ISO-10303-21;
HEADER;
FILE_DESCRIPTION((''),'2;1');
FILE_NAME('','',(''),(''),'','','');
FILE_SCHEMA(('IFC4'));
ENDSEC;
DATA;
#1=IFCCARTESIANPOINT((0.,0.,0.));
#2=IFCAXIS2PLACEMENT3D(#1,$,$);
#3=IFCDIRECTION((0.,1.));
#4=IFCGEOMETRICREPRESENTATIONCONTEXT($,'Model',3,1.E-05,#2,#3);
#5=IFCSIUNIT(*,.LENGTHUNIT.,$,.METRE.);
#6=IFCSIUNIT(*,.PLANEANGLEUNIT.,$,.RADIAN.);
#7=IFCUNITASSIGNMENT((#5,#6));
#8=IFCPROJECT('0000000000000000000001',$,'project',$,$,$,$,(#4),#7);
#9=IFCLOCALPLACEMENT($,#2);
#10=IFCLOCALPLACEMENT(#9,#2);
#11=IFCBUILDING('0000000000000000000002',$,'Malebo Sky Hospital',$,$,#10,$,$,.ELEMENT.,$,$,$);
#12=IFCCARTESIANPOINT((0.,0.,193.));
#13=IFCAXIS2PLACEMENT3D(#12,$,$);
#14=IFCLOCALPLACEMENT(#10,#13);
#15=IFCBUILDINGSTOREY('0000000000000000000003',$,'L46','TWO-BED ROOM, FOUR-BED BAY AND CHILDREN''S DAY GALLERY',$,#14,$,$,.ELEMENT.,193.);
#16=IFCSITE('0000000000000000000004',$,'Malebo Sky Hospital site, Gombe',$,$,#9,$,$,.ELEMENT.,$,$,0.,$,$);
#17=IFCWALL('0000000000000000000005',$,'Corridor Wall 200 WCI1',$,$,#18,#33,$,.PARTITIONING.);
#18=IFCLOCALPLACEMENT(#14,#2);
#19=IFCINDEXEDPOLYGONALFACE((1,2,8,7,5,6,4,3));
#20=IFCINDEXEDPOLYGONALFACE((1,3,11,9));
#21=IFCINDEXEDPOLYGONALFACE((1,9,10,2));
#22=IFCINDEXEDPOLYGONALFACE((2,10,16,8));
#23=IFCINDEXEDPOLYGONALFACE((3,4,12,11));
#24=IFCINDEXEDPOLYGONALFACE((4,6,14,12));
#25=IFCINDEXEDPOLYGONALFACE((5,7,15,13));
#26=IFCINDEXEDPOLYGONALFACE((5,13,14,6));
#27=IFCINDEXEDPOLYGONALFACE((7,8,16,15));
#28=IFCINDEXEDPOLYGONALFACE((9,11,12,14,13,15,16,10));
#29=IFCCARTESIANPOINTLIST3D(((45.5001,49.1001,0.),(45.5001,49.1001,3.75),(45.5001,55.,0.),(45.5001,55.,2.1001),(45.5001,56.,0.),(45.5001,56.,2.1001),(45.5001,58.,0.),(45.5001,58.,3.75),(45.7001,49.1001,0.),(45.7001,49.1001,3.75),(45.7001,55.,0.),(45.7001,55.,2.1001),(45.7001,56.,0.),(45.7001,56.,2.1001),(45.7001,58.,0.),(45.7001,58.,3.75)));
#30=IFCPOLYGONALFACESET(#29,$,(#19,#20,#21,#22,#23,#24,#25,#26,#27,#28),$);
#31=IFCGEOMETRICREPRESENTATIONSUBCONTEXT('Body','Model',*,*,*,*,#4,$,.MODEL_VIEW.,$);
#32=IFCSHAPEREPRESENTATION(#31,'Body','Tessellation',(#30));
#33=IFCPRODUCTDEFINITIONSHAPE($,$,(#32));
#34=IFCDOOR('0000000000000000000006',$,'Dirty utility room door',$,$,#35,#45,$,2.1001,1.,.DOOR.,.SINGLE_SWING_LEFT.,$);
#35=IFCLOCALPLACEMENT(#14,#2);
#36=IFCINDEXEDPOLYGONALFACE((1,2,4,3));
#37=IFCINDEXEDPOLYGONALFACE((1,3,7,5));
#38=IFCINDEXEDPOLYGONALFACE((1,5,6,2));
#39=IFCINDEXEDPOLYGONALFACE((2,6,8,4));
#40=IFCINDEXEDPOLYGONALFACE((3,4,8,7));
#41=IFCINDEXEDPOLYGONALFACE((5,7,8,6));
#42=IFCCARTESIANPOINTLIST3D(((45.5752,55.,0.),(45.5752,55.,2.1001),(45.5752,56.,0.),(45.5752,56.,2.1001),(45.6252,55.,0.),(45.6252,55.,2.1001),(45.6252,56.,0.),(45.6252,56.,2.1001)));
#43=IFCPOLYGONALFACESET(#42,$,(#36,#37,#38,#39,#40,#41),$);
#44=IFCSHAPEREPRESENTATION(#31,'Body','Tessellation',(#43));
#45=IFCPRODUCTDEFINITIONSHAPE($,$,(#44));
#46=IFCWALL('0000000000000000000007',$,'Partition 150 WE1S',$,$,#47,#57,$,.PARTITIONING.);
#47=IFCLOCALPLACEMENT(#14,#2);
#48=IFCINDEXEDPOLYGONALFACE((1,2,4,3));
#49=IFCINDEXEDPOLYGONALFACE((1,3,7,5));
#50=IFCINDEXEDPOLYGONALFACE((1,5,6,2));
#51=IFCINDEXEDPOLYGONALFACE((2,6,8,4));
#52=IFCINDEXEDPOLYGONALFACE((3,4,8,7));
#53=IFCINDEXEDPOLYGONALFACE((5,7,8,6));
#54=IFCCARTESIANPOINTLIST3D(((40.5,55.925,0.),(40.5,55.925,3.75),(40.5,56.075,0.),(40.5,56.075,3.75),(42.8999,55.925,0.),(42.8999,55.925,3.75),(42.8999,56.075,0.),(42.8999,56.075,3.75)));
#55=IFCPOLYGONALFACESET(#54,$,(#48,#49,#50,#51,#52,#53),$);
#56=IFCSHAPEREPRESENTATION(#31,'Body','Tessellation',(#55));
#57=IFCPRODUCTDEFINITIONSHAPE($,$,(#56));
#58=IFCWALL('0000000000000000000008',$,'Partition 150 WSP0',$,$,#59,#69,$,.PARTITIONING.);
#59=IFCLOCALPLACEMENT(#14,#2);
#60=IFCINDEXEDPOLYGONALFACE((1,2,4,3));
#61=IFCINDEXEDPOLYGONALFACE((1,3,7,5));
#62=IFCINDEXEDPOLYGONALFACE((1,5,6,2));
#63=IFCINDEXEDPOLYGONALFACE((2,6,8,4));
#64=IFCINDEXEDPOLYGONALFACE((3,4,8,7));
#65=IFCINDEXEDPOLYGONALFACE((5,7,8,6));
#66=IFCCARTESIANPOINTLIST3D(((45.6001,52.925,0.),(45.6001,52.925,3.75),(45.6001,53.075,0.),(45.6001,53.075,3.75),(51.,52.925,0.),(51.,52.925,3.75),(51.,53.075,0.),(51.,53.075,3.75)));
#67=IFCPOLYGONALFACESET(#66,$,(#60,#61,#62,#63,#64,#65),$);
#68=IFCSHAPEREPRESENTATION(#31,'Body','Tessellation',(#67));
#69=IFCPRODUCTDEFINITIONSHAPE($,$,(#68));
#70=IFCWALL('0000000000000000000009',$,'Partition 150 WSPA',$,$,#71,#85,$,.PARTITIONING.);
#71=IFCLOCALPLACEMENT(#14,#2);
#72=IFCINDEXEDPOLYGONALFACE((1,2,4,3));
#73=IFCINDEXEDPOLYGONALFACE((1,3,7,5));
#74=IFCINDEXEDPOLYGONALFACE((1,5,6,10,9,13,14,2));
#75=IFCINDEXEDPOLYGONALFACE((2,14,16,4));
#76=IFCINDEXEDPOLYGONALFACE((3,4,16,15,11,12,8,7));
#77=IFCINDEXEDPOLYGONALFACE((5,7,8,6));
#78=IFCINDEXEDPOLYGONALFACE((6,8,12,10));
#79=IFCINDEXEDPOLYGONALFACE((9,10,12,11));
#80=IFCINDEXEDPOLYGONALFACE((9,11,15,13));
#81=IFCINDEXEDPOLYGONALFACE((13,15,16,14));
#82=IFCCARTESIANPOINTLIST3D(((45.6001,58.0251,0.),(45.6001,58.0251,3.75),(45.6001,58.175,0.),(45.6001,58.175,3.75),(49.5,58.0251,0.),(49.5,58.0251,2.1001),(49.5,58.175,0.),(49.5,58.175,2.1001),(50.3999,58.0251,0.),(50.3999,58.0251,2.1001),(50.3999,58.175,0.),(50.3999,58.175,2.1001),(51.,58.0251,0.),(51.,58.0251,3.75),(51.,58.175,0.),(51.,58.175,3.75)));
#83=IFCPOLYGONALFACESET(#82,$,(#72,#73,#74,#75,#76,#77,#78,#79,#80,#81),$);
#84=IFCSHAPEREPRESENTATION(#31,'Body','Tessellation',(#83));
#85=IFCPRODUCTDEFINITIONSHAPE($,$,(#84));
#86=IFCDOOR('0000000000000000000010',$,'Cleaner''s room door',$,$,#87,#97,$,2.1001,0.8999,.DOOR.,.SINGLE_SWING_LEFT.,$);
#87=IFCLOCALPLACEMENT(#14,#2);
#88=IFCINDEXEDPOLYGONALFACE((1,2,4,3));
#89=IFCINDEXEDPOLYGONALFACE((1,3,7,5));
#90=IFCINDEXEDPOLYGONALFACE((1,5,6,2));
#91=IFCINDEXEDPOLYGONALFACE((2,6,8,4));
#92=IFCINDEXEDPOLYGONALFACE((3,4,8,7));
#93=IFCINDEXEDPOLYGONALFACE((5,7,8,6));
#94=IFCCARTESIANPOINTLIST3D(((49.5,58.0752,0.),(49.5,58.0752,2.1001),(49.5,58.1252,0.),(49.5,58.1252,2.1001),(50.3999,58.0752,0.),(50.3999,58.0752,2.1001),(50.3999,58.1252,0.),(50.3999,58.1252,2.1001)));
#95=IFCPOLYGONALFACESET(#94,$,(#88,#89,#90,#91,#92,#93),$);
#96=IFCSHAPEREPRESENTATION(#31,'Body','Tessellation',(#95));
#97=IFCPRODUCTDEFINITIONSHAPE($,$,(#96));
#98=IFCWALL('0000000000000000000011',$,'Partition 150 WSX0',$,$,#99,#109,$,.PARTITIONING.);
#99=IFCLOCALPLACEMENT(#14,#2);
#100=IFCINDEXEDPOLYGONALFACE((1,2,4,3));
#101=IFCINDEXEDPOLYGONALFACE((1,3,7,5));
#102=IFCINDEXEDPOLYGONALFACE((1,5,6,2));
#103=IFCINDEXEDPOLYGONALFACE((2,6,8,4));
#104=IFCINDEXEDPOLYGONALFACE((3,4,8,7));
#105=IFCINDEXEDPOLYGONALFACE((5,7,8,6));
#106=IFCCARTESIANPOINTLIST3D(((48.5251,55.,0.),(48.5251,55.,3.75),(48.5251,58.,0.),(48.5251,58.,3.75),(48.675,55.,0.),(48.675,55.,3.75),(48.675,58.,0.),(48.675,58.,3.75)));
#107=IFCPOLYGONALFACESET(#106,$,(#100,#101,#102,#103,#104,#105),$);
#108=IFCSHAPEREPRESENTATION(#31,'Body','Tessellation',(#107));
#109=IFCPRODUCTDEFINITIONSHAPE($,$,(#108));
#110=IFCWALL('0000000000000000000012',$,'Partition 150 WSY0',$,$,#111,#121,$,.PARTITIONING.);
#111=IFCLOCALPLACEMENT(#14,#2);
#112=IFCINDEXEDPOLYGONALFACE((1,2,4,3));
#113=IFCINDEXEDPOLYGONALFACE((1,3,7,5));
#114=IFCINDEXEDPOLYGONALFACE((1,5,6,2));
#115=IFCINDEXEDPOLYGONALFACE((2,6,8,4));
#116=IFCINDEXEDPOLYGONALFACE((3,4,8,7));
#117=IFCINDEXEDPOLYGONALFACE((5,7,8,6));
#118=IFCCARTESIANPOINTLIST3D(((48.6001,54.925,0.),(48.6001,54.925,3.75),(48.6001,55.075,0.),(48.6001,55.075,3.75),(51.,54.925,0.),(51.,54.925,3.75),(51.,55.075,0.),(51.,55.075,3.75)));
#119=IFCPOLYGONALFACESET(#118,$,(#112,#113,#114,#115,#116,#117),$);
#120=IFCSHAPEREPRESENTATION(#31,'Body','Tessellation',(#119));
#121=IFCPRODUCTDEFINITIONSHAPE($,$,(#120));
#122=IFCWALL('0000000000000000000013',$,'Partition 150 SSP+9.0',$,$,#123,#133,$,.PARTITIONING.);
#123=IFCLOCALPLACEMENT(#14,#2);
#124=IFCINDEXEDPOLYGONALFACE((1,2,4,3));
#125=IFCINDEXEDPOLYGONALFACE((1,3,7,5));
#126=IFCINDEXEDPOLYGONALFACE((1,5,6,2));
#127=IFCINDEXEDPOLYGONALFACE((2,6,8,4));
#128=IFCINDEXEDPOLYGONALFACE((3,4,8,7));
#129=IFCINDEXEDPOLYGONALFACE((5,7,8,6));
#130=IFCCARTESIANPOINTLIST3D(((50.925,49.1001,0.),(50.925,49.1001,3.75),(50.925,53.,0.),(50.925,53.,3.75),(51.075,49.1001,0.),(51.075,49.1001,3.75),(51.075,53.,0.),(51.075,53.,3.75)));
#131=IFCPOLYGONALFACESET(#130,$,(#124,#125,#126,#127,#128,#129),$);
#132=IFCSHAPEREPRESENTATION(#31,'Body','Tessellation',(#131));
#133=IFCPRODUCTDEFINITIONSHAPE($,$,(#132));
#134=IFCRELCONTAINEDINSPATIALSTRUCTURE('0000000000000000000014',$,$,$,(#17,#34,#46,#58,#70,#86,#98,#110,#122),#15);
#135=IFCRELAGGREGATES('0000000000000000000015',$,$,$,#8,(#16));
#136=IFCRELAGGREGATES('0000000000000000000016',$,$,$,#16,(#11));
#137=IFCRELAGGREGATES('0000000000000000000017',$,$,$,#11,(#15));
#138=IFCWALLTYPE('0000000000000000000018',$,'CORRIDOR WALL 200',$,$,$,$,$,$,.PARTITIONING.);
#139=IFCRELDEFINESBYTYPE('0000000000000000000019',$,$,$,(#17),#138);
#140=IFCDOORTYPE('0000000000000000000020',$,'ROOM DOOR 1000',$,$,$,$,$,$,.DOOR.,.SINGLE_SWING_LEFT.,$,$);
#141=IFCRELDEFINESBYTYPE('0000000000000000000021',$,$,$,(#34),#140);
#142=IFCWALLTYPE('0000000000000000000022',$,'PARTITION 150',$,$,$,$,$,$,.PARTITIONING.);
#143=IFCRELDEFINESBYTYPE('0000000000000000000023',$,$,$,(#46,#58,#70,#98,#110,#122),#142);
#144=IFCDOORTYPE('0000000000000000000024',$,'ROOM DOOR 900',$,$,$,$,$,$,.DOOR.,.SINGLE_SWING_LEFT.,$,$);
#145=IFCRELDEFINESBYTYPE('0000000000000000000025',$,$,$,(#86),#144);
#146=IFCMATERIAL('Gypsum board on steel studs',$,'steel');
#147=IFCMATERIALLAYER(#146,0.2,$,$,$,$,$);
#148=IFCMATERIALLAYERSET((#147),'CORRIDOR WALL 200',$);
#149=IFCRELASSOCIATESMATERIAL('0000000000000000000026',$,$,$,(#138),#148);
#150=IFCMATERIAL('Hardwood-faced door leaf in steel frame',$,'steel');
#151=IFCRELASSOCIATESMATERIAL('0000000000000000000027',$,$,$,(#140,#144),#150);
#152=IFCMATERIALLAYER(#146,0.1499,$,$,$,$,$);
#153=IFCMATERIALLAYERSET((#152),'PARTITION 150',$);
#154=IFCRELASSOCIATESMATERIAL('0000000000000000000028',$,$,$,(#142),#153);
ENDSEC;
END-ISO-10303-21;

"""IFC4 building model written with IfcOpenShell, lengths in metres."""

from ifc_helpers import new_model, si_unit, direction, frame, frame_2d, origin, place, context, subcontext, project, spatial, rectangle, extrude, material, layer, layer_set, type_object, element, fill, save


model = new_model("IFC4")

# Units and contexts
model_context = context("Model", 3, precision=1e-05, world=origin(), true_north=direction((0.0, 1.0)))
body_context = subcontext(model_context, "Body", "Model", "MODEL_VIEW")
ifc_project = project(units=[si_unit("LENGTHUNIT", "METRE"), si_unit("PLANEANGLEUNIT", "RADIAN")], contexts=[model_context])

# Site, building, storey
site_placement = place(None, origin())
site = spatial("IfcSite", under=ifc_project, at=site_placement, Name="Malebo Sky Hospital site, Gombe", CompositionType="ELEMENT", RefElevation=0.0)
building_placement = place(site_placement, origin())
building = spatial("IfcBuilding", under=site, at=building_placement, Name="Malebo Sky Hospital", CompositionType="ELEMENT")
storey_placement = place(building_placement, frame((0.0, 0.0, 193.0)))
storey = spatial("IfcBuildingStorey", under=building, at=storey_placement, Name="L46", Description="TWO-BED ROOM, FOUR-BED BAY AND CHILDREN'S DAY GALLERY", CompositionType="ELEMENT", Elevation=193.0)

# Wall, opening, door
ifc_material_1 = material(Name="Hardwood-faced door leaf in steel frame", Category="steel")
ifc_material_2 = material(Name="Gypsum board on steel studs", Category="steel")
ifc_layer_1 = layer(ifc_material_2, 0.2)
ifc_layer_set_1 = layer_set([ifc_layer_1], Name="CORRIDOR WALL 200")
wall_type_1 = type_object("IfcWallType", Name="CORRIDOR WALL 200", PredefinedType="PARTITIONING", material=ifc_layer_set_1)
wall_1_placement = place(storey_placement, frame((45.6001, 49.1001, 0.0), z_axis=(0.0, 0.0, 1.0), x_axis=(0.0, 1.0, 0.0)))
wall_1 = element("IfcWall", 1, at=wall_1_placement, inside=storey, type_object=wall_type_1, Name="Corridor Wall 200 WCI1", PredefinedType="PARTITIONING", context=body_context, shape_type="SweptSolid", body=[
    extrude(rectangle(XDim=8.8999, YDim=0.2, at=frame_2d((4.45, 0.0))), origin(), (0.0, 0.0, 1.0), 3.75),
])
opening_1_placement = place(wall_1_placement, frame((5.8999, 0.0, 0.0)))
opening_1 = element("IfcOpeningElement", 2, at=opening_1_placement, cuts=wall_1, PredefinedType="OPENING", context=body_context, shape_type="SweptSolid", body=[
    extrude(rectangle(XDim=1.0, YDim=2.1001, at=frame_2d((0.5, 1.05))), frame((0.0, 0.1099, 0.0), z_axis=(0.0, -1.0, 0.0), x_axis=(1.0, 0.0, 0.0)), (0.0, 0.0, 1.0), 0.22),
])
door_type_1 = type_object("IfcDoorType", Name="ROOM DOOR 1000", OperationType="SINGLE_SWING_LEFT", PredefinedType="DOOR", material=ifc_material_1)
door_1_placement = place(opening_1_placement, origin())
door_1 = element("IfcDoor", 3, at=door_1_placement, inside=storey, type_object=door_type_1, Name="Dirty utility room door", OperationType="SINGLE_SWING_LEFT", OverallHeight=2.1001, OverallWidth=1.0, PredefinedType="DOOR", context=body_context, shape_type="SweptSolid", body=[
    extrude(rectangle(XDim=1.0, YDim=2.1001, at=frame_2d((0.5, 1.05))), frame((0.0, 0.0249, 0.0), z_axis=(0.0, -1.0, 0.0), x_axis=(1.0, 0.0, 0.0)), (0.0, 0.0, 1.0), 0.05),
])
fill(opening_1, door_1)

# Walls
ifc_layer_2 = layer(ifc_material_2, 0.1499)
ifc_layer_set_2 = layer_set([ifc_layer_2], Name="PARTITION 150")
wall_type_2 = type_object("IfcWallType", Name="PARTITION 150", PredefinedType="PARTITIONING", material=ifc_layer_set_2)
wall_2_placement = place(storey_placement, frame((42.8999, 56.0, 0.0), z_axis=(0.0, 0.0, 1.0), x_axis=(-1.0, 0.0, 0.0)))
element("IfcWall", 4, at=wall_2_placement, inside=storey, type_object=wall_type_2, Name="Partition 150 WE1S", PredefinedType="PARTITIONING", context=body_context, shape_type="SweptSolid", body=[
    extrude(rectangle(XDim=2.3999, YDim=0.1499, at=frame_2d((1.2, 0.0))), origin(), (0.0, 0.0, 1.0), 3.75),
])
wall_3_placement = place(storey_placement, frame((51.0, 53.0, 0.0), z_axis=(0.0, 0.0, 1.0), x_axis=(-1.0, 0.0, 0.0)))
element("IfcWall", 5, at=wall_3_placement, inside=storey, type_object=wall_type_2, Name="Partition 150 WSP0", PredefinedType="PARTITIONING", context=body_context, shape_type="SweptSolid", body=[
    extrude(rectangle(XDim=5.3999, YDim=0.1499, at=frame_2d((2.7, 0.0))), origin(), (0.0, 0.0, 1.0), 3.75),
])

# Wall, opening, door
wall_4_placement = place(storey_placement, frame((51.0, 58.1001, 0.0), z_axis=(0.0, 0.0, 1.0), x_axis=(-1.0, 0.0, 0.0)))
wall_4 = element("IfcWall", 6, at=wall_4_placement, inside=storey, type_object=wall_type_2, Name="Partition 150 WSPA", PredefinedType="PARTITIONING", context=body_context, shape_type="SweptSolid", body=[
    extrude(rectangle(XDim=5.3999, YDim=0.1499, at=frame_2d((2.7, 0.0))), origin(), (0.0, 0.0, 1.0), 3.75),
])
opening_2_placement = place(wall_4_placement, frame((0.6001, 0.0, 0.0)))
opening_2 = element("IfcOpeningElement", 7, at=opening_2_placement, cuts=wall_4, PredefinedType="OPENING", context=body_context, shape_type="SweptSolid", body=[
    extrude(rectangle(XDim=0.8999, YDim=2.1001, at=frame_2d((0.45, 1.05))), frame((0.0, 0.085, 0.0), z_axis=(0.0, -1.0, 0.0), x_axis=(1.0, 0.0, 0.0)), (0.0, 0.0, 1.0), 0.1699),
])
door_type_2 = type_object("IfcDoorType", Name="ROOM DOOR 900", OperationType="SINGLE_SWING_LEFT", PredefinedType="DOOR", material=ifc_material_1)
door_2_placement = place(opening_2_placement, origin())
door_2 = element("IfcDoor", 8, at=door_2_placement, inside=storey, type_object=door_type_2, Name="Cleaner's room door", OperationType="SINGLE_SWING_LEFT", OverallHeight=2.1001, OverallWidth=0.8999, PredefinedType="DOOR", context=body_context, shape_type="SweptSolid", body=[
    extrude(rectangle(XDim=0.8999, YDim=2.1001, at=frame_2d((0.45, 1.05))), frame((0.0, 0.0249, 0.0), z_axis=(0.0, -1.0, 0.0), x_axis=(1.0, 0.0, 0.0)), (0.0, 0.0, 1.0), 0.05),
])
fill(opening_2, door_2)

# Walls
wall_5_placement = place(storey_placement, frame((48.6001, 55.0, 0.0), z_axis=(0.0, 0.0, 1.0), x_axis=(0.0, 1.0, 0.0)))
element("IfcWall", 9, at=wall_5_placement, inside=storey, type_object=wall_type_2, Name="Partition 150 WSX0", PredefinedType="PARTITIONING", context=body_context, shape_type="SweptSolid", body=[
    extrude(rectangle(XDim=3.0, YDim=0.1499, at=frame_2d((1.5, 0.0))), origin(), (0.0, 0.0, 1.0), 3.75),
])
wall_6_placement = place(storey_placement, frame((51.0, 55.0, 0.0), z_axis=(0.0, 0.0, 1.0), x_axis=(-1.0, 0.0, 0.0)))
element("IfcWall", 10, at=wall_6_placement, inside=storey, type_object=wall_type_2, Name="Partition 150 WSY0", PredefinedType="PARTITIONING", context=body_context, shape_type="SweptSolid", body=[
    extrude(rectangle(XDim=2.3999, YDim=0.1499, at=frame_2d((1.2, 0.0))), origin(), (0.0, 0.0, 1.0), 3.75),
])
wall_7_placement = place(storey_placement, frame((51.0, 53.0, 0.0), z_axis=(0.0, 0.0, 1.0), x_axis=(0.0, -1.0, 0.0)))
element("IfcWall", 11, at=wall_7_placement, inside=storey, type_object=wall_type_2, Name="Partition 150 SSP+9.0", PredefinedType="PARTITIONING", context=body_context, shape_type="SweptSolid", body=[
    extrude(rectangle(XDim=3.8999, YDim=0.1499, at=frame_2d((1.95, 0.0))), origin(), (0.0, 0.0, 1.0), 3.75),
])

save(model, "model.ifc")
